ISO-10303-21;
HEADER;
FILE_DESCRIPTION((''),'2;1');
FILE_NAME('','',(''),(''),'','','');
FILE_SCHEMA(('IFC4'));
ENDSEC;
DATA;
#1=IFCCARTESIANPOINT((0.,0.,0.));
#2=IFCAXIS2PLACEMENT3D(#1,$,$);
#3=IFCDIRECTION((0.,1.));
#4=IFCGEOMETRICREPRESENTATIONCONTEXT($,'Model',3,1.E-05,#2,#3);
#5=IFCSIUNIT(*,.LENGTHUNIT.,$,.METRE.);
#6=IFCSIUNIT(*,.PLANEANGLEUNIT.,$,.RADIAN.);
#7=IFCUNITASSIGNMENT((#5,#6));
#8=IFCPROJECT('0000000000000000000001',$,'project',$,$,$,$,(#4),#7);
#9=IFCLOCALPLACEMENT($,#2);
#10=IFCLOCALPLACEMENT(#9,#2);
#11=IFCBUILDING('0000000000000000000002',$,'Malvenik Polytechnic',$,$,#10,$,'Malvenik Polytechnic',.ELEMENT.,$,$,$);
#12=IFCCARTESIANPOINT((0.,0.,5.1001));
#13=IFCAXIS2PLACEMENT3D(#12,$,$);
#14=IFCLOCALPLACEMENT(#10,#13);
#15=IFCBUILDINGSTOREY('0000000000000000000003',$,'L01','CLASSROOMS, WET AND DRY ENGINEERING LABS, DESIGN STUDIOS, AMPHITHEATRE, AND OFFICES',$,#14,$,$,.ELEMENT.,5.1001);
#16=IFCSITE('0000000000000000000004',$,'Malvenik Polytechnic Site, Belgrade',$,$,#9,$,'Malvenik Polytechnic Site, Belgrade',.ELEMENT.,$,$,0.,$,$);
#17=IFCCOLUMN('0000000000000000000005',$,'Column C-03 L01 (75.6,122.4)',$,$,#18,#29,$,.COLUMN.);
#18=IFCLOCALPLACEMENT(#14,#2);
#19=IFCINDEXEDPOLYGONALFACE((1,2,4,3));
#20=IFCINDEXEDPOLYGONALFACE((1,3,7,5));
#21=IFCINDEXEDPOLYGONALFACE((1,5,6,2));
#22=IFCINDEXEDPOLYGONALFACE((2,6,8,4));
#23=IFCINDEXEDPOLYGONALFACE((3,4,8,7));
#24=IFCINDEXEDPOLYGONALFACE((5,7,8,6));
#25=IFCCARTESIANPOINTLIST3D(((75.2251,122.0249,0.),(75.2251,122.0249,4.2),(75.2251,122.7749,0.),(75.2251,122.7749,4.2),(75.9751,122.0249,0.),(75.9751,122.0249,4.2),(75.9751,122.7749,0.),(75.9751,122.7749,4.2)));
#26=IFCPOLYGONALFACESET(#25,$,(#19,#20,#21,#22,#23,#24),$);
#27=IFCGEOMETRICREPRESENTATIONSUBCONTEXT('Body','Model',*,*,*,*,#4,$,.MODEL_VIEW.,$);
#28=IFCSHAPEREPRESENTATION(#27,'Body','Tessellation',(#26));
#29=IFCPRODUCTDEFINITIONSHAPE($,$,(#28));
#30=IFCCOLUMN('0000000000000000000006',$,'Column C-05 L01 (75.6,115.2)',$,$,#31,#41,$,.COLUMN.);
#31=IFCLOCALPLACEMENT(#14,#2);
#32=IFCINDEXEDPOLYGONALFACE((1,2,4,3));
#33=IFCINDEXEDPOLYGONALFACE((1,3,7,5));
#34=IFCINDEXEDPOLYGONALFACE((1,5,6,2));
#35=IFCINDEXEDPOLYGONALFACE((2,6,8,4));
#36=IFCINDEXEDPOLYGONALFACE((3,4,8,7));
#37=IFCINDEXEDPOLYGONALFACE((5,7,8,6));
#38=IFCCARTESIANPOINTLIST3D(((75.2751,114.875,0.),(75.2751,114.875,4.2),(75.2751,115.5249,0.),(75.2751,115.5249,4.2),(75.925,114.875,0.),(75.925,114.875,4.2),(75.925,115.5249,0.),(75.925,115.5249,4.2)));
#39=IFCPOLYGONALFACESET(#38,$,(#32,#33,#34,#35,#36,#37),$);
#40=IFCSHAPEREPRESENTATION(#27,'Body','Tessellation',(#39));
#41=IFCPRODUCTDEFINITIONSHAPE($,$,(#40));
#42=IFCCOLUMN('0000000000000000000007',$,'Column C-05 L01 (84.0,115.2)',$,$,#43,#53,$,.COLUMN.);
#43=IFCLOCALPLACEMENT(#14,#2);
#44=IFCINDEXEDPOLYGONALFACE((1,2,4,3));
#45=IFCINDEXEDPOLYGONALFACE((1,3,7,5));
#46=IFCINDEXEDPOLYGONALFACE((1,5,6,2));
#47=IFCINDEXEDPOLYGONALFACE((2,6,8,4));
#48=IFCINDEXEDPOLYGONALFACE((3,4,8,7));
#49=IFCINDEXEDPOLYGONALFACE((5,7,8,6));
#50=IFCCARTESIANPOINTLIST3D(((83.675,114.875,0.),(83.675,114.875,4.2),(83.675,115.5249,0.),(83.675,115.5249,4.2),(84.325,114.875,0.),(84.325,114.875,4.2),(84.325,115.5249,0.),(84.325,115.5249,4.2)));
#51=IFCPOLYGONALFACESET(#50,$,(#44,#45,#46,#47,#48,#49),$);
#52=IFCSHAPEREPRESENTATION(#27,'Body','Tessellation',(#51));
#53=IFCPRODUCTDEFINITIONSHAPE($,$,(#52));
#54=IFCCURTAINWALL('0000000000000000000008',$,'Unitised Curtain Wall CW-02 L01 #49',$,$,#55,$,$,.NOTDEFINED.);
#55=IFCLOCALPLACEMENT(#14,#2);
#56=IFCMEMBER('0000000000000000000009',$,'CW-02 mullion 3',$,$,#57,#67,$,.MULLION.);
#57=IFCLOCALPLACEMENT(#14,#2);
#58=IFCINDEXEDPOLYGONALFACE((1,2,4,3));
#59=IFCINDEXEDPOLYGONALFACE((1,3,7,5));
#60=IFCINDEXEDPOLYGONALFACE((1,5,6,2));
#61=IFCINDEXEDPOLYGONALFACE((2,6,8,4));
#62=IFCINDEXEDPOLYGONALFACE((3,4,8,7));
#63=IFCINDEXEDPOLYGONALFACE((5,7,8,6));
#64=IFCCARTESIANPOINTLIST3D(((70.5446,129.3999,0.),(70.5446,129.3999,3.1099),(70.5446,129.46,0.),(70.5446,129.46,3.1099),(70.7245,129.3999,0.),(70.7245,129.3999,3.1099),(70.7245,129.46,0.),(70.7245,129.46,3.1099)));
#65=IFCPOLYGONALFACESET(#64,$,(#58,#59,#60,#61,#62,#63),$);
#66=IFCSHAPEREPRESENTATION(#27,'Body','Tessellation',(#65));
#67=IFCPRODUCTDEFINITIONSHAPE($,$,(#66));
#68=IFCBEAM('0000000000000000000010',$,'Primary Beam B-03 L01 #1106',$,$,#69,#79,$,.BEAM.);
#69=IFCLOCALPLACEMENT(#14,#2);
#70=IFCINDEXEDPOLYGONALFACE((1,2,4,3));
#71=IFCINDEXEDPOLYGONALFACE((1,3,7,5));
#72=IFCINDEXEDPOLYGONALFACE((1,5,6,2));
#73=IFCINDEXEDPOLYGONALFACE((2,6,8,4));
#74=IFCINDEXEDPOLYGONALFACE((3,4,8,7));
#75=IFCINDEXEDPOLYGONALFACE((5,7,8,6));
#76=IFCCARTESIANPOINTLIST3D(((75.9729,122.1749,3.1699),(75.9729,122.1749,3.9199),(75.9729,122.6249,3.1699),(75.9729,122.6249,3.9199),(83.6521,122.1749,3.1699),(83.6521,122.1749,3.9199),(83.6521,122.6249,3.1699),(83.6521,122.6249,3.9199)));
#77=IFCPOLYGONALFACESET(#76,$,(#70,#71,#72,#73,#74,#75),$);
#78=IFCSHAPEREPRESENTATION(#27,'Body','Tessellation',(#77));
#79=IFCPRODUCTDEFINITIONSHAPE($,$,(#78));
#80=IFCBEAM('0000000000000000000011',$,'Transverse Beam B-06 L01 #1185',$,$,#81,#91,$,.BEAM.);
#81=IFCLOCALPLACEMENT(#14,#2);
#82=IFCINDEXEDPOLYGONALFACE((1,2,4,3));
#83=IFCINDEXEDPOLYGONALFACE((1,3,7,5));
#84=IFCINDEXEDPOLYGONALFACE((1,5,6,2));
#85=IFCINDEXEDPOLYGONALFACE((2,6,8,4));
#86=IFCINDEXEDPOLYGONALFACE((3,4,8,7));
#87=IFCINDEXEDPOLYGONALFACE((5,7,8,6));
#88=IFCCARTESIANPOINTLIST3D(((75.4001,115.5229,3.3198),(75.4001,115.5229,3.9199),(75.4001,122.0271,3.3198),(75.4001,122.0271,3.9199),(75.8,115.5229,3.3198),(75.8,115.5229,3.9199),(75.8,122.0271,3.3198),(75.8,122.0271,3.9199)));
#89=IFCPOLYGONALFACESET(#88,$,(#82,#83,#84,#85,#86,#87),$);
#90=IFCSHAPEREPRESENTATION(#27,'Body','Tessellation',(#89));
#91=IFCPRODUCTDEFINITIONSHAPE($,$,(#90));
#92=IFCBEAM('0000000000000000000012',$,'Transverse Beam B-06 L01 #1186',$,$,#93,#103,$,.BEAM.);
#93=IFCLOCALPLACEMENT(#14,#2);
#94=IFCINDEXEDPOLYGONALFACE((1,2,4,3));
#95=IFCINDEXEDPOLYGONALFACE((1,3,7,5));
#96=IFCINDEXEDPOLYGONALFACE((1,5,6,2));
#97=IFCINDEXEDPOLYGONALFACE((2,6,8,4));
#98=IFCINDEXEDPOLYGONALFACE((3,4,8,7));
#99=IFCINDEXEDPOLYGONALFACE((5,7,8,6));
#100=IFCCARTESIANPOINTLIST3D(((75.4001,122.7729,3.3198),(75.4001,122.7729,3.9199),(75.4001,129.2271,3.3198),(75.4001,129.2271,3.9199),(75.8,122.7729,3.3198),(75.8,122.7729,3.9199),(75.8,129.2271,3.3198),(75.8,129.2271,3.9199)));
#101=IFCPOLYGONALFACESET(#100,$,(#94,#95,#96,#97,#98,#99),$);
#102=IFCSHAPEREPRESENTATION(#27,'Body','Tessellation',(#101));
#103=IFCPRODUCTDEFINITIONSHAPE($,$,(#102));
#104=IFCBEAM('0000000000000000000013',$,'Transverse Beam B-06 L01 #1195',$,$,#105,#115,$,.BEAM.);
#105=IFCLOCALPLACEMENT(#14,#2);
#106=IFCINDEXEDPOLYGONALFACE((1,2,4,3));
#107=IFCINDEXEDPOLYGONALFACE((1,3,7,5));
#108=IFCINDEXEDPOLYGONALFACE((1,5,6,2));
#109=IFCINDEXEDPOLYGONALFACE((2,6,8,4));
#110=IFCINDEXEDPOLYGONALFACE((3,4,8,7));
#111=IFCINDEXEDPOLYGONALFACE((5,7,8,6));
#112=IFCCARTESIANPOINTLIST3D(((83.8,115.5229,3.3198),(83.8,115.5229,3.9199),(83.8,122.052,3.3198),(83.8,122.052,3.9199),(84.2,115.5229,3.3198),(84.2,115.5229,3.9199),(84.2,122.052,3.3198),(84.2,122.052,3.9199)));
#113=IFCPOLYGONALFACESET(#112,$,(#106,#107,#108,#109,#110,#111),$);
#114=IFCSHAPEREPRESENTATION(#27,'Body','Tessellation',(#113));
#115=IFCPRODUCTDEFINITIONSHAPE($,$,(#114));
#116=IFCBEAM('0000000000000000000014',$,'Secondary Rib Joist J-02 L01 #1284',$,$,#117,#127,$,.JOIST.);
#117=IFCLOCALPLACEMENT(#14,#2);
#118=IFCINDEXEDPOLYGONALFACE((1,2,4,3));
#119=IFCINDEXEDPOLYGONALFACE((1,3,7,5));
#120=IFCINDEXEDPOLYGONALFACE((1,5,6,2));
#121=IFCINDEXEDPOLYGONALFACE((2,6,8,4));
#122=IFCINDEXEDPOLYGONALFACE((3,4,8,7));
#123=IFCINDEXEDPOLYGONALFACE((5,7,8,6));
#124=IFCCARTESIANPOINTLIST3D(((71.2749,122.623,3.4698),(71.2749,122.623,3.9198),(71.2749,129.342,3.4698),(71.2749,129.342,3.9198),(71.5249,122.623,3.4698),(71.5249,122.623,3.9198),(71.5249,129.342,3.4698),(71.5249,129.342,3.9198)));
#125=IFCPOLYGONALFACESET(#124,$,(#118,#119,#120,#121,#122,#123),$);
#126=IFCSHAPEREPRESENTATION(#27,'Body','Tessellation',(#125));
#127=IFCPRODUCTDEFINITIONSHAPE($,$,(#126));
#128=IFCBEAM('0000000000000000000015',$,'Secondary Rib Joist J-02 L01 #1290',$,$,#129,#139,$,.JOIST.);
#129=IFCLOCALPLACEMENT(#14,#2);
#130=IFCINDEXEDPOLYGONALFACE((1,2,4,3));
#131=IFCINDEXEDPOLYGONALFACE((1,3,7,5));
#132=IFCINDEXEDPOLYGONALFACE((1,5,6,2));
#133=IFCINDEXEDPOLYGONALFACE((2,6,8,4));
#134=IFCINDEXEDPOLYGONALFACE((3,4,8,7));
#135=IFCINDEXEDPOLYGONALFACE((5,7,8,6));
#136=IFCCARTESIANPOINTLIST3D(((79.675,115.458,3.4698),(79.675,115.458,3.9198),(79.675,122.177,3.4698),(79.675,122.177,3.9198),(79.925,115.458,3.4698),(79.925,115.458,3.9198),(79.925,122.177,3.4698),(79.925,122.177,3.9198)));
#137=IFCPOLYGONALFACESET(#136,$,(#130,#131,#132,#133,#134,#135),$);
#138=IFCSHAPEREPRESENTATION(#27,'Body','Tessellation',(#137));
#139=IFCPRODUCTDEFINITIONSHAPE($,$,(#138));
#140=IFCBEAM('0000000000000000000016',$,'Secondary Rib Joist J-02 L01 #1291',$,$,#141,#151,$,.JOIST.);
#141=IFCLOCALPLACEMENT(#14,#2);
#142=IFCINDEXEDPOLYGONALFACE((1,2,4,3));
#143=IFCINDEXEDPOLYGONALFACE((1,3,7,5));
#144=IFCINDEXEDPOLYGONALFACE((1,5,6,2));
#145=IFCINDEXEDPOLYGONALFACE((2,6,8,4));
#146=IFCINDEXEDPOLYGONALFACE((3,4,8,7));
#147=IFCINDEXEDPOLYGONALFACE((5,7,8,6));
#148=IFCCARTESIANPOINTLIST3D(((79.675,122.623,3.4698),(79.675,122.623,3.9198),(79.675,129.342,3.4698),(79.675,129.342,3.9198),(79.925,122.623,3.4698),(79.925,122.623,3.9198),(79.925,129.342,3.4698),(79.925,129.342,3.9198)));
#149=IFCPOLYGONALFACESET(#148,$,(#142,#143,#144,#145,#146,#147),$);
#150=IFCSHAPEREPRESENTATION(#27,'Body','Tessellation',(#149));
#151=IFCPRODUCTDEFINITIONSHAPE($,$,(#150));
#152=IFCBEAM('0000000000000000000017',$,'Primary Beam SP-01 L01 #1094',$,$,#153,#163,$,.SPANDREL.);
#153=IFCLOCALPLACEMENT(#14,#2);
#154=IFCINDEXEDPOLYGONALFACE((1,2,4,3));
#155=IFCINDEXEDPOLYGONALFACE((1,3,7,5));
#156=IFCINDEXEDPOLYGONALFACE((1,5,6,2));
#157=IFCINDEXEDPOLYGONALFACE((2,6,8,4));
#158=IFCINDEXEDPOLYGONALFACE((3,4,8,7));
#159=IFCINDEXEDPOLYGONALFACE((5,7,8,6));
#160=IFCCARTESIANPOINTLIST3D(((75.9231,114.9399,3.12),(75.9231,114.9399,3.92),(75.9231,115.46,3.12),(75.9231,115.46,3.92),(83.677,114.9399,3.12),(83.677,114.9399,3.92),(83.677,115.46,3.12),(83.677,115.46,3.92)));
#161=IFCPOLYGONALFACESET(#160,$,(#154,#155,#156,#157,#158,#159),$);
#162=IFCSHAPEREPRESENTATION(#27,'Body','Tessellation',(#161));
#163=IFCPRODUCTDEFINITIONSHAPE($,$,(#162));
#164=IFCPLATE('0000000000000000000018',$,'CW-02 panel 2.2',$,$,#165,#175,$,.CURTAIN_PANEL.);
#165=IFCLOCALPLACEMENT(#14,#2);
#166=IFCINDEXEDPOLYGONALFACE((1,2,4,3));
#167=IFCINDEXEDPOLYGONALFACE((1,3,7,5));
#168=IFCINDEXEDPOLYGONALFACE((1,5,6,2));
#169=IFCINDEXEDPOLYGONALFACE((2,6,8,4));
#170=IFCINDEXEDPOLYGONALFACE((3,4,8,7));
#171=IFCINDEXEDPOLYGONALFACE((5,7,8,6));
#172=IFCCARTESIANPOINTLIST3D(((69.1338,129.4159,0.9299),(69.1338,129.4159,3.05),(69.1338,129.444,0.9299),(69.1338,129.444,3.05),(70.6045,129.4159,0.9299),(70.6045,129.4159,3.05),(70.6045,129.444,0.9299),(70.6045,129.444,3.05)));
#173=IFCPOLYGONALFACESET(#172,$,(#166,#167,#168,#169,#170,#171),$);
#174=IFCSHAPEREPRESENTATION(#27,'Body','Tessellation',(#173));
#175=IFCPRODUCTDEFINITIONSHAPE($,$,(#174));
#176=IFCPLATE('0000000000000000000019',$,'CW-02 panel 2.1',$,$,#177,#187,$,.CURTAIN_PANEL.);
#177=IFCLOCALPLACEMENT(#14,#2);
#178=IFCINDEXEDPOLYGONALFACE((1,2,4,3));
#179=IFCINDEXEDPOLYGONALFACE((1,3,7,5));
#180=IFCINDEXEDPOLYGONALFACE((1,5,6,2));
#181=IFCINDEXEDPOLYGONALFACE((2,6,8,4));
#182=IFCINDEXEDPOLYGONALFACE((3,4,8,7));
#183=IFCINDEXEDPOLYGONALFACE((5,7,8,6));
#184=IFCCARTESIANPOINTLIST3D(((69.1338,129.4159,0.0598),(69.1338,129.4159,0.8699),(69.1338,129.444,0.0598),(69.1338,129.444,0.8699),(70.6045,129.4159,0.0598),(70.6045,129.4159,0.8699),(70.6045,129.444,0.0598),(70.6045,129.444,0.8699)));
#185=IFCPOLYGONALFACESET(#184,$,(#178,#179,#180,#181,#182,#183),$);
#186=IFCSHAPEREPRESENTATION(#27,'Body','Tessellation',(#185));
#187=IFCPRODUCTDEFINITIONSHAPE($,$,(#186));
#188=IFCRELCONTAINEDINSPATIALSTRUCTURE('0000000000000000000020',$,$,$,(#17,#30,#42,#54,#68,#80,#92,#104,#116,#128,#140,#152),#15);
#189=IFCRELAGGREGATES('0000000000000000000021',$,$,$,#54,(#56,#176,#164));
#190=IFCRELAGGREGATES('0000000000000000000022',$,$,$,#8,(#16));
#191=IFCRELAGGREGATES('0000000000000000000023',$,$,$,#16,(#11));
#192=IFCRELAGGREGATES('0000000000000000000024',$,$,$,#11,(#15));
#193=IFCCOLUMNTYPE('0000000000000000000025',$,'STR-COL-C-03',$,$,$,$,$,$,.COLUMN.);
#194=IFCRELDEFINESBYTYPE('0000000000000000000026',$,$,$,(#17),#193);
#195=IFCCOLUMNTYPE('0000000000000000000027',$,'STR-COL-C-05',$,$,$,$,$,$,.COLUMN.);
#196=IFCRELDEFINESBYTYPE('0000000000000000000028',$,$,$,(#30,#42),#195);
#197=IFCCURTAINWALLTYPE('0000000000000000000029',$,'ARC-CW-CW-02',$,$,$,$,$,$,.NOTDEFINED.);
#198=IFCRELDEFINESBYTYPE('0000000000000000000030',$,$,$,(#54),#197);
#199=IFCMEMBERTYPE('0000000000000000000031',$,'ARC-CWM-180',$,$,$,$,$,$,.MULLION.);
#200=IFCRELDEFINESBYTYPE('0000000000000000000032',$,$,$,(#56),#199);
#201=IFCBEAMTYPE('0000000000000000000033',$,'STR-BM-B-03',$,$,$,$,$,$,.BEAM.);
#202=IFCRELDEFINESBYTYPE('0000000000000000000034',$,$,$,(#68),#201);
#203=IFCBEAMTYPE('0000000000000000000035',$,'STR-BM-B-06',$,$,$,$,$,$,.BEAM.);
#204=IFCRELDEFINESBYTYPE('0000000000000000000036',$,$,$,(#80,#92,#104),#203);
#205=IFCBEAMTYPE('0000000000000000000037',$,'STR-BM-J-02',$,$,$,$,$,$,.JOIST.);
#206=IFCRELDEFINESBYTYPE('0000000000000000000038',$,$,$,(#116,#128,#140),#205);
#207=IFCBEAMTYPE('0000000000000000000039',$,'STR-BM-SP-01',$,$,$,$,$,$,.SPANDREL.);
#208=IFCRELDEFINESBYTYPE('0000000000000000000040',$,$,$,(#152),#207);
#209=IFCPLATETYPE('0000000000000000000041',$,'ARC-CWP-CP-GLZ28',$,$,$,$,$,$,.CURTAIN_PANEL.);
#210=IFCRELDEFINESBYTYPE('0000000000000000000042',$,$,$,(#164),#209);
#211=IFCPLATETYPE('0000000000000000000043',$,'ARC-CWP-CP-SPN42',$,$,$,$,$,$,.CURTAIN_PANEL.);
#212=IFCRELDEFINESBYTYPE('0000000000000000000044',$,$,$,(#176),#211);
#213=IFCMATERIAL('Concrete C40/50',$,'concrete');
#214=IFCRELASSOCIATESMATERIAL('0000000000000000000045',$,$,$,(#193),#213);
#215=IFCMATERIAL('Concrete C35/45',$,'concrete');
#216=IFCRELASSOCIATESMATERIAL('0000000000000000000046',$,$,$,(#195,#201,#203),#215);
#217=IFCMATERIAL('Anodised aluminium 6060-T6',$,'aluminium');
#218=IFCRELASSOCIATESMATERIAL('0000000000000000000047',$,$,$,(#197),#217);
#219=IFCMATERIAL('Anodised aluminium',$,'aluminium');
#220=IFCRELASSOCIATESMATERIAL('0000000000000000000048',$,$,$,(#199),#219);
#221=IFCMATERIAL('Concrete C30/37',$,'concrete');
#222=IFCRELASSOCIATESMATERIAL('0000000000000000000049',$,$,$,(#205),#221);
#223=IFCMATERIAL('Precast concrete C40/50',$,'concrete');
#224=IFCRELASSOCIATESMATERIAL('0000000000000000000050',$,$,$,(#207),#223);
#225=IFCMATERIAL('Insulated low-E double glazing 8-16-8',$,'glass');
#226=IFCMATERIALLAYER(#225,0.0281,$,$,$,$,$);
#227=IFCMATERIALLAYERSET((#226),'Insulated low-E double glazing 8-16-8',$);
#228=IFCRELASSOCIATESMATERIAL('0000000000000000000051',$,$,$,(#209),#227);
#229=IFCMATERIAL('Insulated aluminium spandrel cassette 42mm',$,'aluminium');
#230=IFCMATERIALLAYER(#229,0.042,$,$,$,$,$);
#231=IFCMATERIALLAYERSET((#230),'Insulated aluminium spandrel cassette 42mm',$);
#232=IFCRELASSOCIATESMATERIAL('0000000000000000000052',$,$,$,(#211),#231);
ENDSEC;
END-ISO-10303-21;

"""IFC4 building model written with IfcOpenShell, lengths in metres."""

from ifc_helpers import new_model, si_unit, direction, frame, origin, origin_2d, place, context, subcontext, project, spatial, rectangle, extrude, material, layer, layer_set, material_profile, profile_set, type_object, element, aggregate, save


model = new_model("IFC4")

# Units and contexts
model_context = context("Model", 3, precision=1e-05, world=origin(), true_north=direction((0.0, 1.0)))
body_context = subcontext(model_context, "Body", "Model", "MODEL_VIEW")
ifc_project = project(units=[si_unit("LENGTHUNIT", "METRE"), si_unit("PLANEANGLEUNIT", "RADIAN")], contexts=[model_context])

# Site, building, storey
site_placement = place(None, origin())
site = spatial("IfcSite", under=ifc_project, at=site_placement, Name="Malvenik Polytechnic Site, Belgrade", LongName="Malvenik Polytechnic Site, Belgrade", CompositionType="ELEMENT", RefElevation=0.0)
building_placement = place(site_placement, origin())
building = spatial("IfcBuilding", under=site, at=building_placement, Name="Malvenik Polytechnic", LongName="Malvenik Polytechnic", CompositionType="ELEMENT")
storey_placement = place(building_placement, frame((0.0, 0.0, 5.1001)))
storey = spatial("IfcBuildingStorey", under=building, at=storey_placement, Name="L01", Description="CLASSROOMS, WET AND DRY ENGINEERING LABS, DESIGN STUDIOS, AMPHITHEATRE, AND OFFICES", CompositionType="ELEMENT", Elevation=5.1001)

# Columns
ifc_material_1 = material(Name="Concrete C40/50", Category="concrete")
ifc_material_profile_1 = material_profile(ifc_material_1, rectangle(XDim=0.75, YDim=0.75, at=origin_2d()), Name="RC COL 750x750")
ifc_profile_set_1 = profile_set([ifc_material_profile_1], Name="Concrete C40/50")
column_type_1 = type_object("IfcColumnType", Name="STR-COL-C-03", PredefinedType="COLUMN", material=ifc_profile_set_1)
column_placement = place(storey_placement, frame((75.6001, 122.3999, 0.0), z_axis=(0.0, 0.0, 1.0), x_axis=(1.0, 0.0, 0.0)))
element("IfcColumn", 1, at=column_placement, inside=storey, type_object=column_type_1, Name="Column C-03 L01 (75.6,122.4)", PredefinedType="COLUMN", context=body_context, shape_type="SweptSolid", body=[
    extrude(rectangle(XDim=0.75, YDim=0.75, at=origin_2d()), origin(), (0.0, 0.0, 1.0), 4.2),
])
ifc_material_2 = material(Name="Concrete C35/45", Category="concrete")
ifc_material_profile_2 = material_profile(ifc_material_2, rectangle(XDim=0.6499, YDim=0.6499, at=origin_2d()), Name="RC COL 650x650")
ifc_profile_set_2 = profile_set([ifc_material_profile_2], Name="Concrete C35/45")
column_type_2 = type_object("IfcColumnType", Name="STR-COL-C-05", PredefinedType="COLUMN", material=ifc_profile_set_2)
for number, where, z_axis, x_axis, name in (
    (2, (75.6001, 115.2, 0.0), (0.0, 0.0, 1.0), (1.0, 0.0, 0.0), "Column C-05 L01 (75.6,115.2)"),
    (3, (84.0, 115.2, 0.0), (0.0, 0.0, 1.0), (1.0, 0.0, 0.0), "Column C-05 L01 (84.0,115.2)"),
):
    element("IfcColumn", number, at=place(storey_placement, frame(where, z_axis=z_axis, x_axis=x_axis)), inside=storey, type_object=column_type_2, Name=name, PredefinedType="COLUMN", context=body_context, shape_type="SweptSolid", body=[
        extrude(rectangle(XDim=0.6499, YDim=0.6499, at=origin_2d()), origin(), (0.0, 0.0, 1.0), 4.2),
    ])

# Curtain wall, member
ifc_material_3 = material(Name="Anodised aluminium 6060-T6", Category="aluminium")
curtain_wall_type = type_object("IfcCurtainWallType", Name="ARC-CW-CW-02", PredefinedType="NOTDEFINED", material=ifc_material_3)
curtain_wall_placement = place(storey_placement, origin())
curtain_wall = element("IfcCurtainWall", 4, at=curtain_wall_placement, inside=storey, type_object=curtain_wall_type, Name="Unitised Curtain Wall CW-02 L01 #49", PredefinedType="NOTDEFINED")
ifc_material_4 = material(Name="Anodised aluminium", Category="aluminium")
ifc_material_profile_3 = material_profile(ifc_material_4, rectangle(XDim=0.0601, YDim=0.1799, at=origin_2d()), Name="ALU MULLION 60x180")
ifc_profile_set_3 = profile_set([ifc_material_profile_3], Name="Anodised aluminium")
member_type = type_object("IfcMemberType", Name="ARC-CWM-180", PredefinedType="MULLION", material=ifc_profile_set_3)
member_placement = place(storey_placement, frame((70.6345, 129.4299, 0.0), z_axis=(0.0, 0.0, 1.0), x_axis=(0.0, 1.0, 0.0)))
member = element("IfcMember", 5, at=member_placement, type_object=member_type, Name="CW-02 mullion 3", PredefinedType="MULLION", context=body_context, shape_type="SweptSolid", body=[
    extrude(rectangle(XDim=0.0601, YDim=0.1799, at=origin_2d()), origin(), (0.0, 0.0, 1.0), 3.1099),
])

# Beams
ifc_material_profile_4 = material_profile(ifc_material_2, rectangle(XDim=0.45, YDim=0.75, at=origin_2d()), Name="RC BM 450x750")
ifc_profile_set_4 = profile_set([ifc_material_profile_4], Name="Concrete C35/45")
beam_type_1 = type_object("IfcBeamType", Name="STR-BM-B-03", PredefinedType="BEAM", material=ifc_profile_set_4)
beam_1_placement = place(storey_placement, frame((75.9729, 122.3999, 3.5449), z_axis=(1.0, 0.0, 0.0), x_axis=(0.0, 1.0, 0.0)))
element("IfcBeam", 6, at=beam_1_placement, inside=storey, type_object=beam_type_1, Name="Primary Beam B-03 L01 #1106", PredefinedType="BEAM", context=body_context, shape_type="SweptSolid", body=[
    extrude(rectangle(XDim=0.45, YDim=0.75, at=origin_2d()), origin(), (0.0, 0.0, 1.0), 7.6792),
])
ifc_material_profile_5 = material_profile(ifc_material_2, rectangle(XDim=0.3999, YDim=0.6001, at=origin_2d()), Name="RC BM 400x600")
ifc_profile_set_5 = profile_set([ifc_material_profile_5], Name="Concrete C35/45")
beam_type_2 = type_object("IfcBeamType", Name="STR-BM-B-06", PredefinedType="BEAM", material=ifc_profile_set_5)
beam_2_placement = place(storey_placement, frame((75.6001, 115.5229, 3.6199), z_axis=(0.0, 1.0, 0.0), x_axis=(-1.0, 0.0, 0.0)))
element("IfcBeam", 7, at=beam_2_placement, inside=storey, type_object=beam_type_2, Name="Transverse Beam B-06 L01 #1185", PredefinedType="BEAM", context=body_context, shape_type="SweptSolid", body=[
    extrude(rectangle(XDim=0.3999, YDim=0.6001, at=origin_2d()), origin(), (0.0, 0.0, 1.0), 6.5042),
])
beam_3_placement = place(storey_placement, frame((75.6001, 122.7729, 3.6199), z_axis=(0.0, 1.0, 0.0), x_axis=(-1.0, 0.0, 0.0)))
element("IfcBeam", 8, at=beam_3_placement, inside=storey, type_object=beam_type_2, Name="Transverse Beam B-06 L01 #1186", PredefinedType="BEAM", context=body_context, shape_type="SweptSolid", body=[
    extrude(rectangle(XDim=0.3999, YDim=0.6001, at=origin_2d()), origin(), (0.0, 0.0, 1.0), 6.4541),
])
beam_4_placement = place(storey_placement, frame((84.0, 115.5229, 3.6199), z_axis=(0.0, 1.0, 0.0), x_axis=(-1.0, 0.0, 0.0)))
element("IfcBeam", 9, at=beam_4_placement, inside=storey, type_object=beam_type_2, Name="Transverse Beam B-06 L01 #1195", PredefinedType="BEAM", context=body_context, shape_type="SweptSolid", body=[
    extrude(rectangle(XDim=0.3999, YDim=0.6001, at=origin_2d()), origin(), (0.0, 0.0, 1.0), 6.5291),
])
ifc_material_5 = material(Name="Concrete C30/37", Category="concrete")
ifc_material_profile_6 = material_profile(ifc_material_5, rectangle(XDim=0.25, YDim=0.45, at=origin_2d()), Name="RC JST 250x450")
ifc_profile_set_6 = profile_set([ifc_material_profile_6], Name="Concrete C30/37")
beam_type_3 = type_object("IfcBeamType", Name="STR-BM-J-02", PredefinedType="JOIST", material=ifc_profile_set_6)
for number, where, z_axis, x_axis, name in (
    (10, (71.3999, 122.623, 3.6948), (0.0, 1.0, 0.0), (-1.0, 0.0, 0.0), "Secondary Rib Joist J-02 L01 #1284"),
    (11, (79.8, 115.458, 3.6948), (0.0, 1.0, 0.0), (-1.0, 0.0, 0.0), "Secondary Rib Joist J-02 L01 #1290"),
    (12, (79.8, 122.623, 3.6948), (0.0, 1.0, 0.0), (-1.0, 0.0, 0.0), "Secondary Rib Joist J-02 L01 #1291"),
):
    element("IfcBeam", number, at=place(storey_placement, frame(where, z_axis=z_axis, x_axis=x_axis)), inside=storey, type_object=beam_type_3, Name=name, PredefinedType="JOIST", context=body_context, shape_type="SweptSolid", body=[
        extrude(rectangle(XDim=0.25, YDim=0.45, at=origin_2d()), origin(), (0.0, 0.0, 1.0), 6.719),
    ])
ifc_material_6 = material(Name="Precast concrete C40/50", Category="concrete")
ifc_material_profile_7 = material_profile(ifc_material_6, rectangle(XDim=0.52, YDim=0.8, at=origin_2d()), Name="PC SPN 520x800")
ifc_profile_set_7 = profile_set([ifc_material_profile_7], Name="Precast concrete C40/50")
beam_type_4 = type_object("IfcBeamType", Name="STR-BM-SP-01", PredefinedType="SPANDREL", material=ifc_profile_set_7)
beam_5_placement = place(storey_placement, frame((75.9231, 115.2, 3.52), z_axis=(1.0, 0.0, 0.0), x_axis=(0.0, 1.0, 0.0)))
element("IfcBeam", 13, at=beam_5_placement, inside=storey, type_object=beam_type_4, Name="Primary Beam SP-01 L01 #1094", PredefinedType="SPANDREL", context=body_context, shape_type="SweptSolid", body=[
    extrude(rectangle(XDim=0.52, YDim=0.8, at=origin_2d()), origin(), (0.0, 0.0, 1.0), 7.7539),
])

# Plates
ifc_material_7 = material(Name="Insulated low-E double glazing 8-16-8", Category="glass")
ifc_layer_1 = layer(ifc_material_7, 0.0281)
ifc_layer_set_1 = layer_set([ifc_layer_1], Name="Insulated low-E double glazing 8-16-8")
plate_type_1 = type_object("IfcPlateType", Name="ARC-CWP-CP-GLZ28", PredefinedType="CURTAIN_PANEL", material=ifc_layer_set_1)
plate_1_placement = place(storey_placement, frame((69.8691, 129.4299, 0.9299), z_axis=(0.0, 0.0, 1.0), x_axis=(1.0, 0.0, 0.0)))
plate_1 = element("IfcPlate", 14, at=plate_1_placement, type_object=plate_type_1, Name="CW-02 panel 2.2", PredefinedType="CURTAIN_PANEL", context=body_context, shape_type="SweptSolid", body=[
    extrude(rectangle(XDim=1.4707, YDim=0.0281, at=origin_2d()), origin(), (0.0, 0.0, 1.0), 2.1201),
])
ifc_material_8 = material(Name="Insulated aluminium spandrel cassette 42mm", Category="aluminium")
ifc_layer_2 = layer(ifc_material_8, 0.042)
ifc_layer_set_2 = layer_set([ifc_layer_2], Name="Insulated aluminium spandrel cassette 42mm")
plate_type_2 = type_object("IfcPlateType", Name="ARC-CWP-CP-SPN42", PredefinedType="CURTAIN_PANEL", material=ifc_layer_set_2)
plate_2_placement = place(storey_placement, frame((69.8691, 129.4299, 0.0598), z_axis=(0.0, 0.0, 1.0), x_axis=(1.0, 0.0, 0.0)))
plate_2 = element("IfcPlate", 15, at=plate_2_placement, type_object=plate_type_2, Name="CW-02 panel 2.1", PredefinedType="CURTAIN_PANEL", context=body_context, shape_type="SweptSolid", body=[
    extrude(rectangle(XDim=1.4707, YDim=0.0281, at=origin_2d()), origin(), (0.0, 0.0, 1.0), 0.8101),
])
aggregate(curtain_wall, [member, plate_2, plate_1])

save(model, "model.ifc")
